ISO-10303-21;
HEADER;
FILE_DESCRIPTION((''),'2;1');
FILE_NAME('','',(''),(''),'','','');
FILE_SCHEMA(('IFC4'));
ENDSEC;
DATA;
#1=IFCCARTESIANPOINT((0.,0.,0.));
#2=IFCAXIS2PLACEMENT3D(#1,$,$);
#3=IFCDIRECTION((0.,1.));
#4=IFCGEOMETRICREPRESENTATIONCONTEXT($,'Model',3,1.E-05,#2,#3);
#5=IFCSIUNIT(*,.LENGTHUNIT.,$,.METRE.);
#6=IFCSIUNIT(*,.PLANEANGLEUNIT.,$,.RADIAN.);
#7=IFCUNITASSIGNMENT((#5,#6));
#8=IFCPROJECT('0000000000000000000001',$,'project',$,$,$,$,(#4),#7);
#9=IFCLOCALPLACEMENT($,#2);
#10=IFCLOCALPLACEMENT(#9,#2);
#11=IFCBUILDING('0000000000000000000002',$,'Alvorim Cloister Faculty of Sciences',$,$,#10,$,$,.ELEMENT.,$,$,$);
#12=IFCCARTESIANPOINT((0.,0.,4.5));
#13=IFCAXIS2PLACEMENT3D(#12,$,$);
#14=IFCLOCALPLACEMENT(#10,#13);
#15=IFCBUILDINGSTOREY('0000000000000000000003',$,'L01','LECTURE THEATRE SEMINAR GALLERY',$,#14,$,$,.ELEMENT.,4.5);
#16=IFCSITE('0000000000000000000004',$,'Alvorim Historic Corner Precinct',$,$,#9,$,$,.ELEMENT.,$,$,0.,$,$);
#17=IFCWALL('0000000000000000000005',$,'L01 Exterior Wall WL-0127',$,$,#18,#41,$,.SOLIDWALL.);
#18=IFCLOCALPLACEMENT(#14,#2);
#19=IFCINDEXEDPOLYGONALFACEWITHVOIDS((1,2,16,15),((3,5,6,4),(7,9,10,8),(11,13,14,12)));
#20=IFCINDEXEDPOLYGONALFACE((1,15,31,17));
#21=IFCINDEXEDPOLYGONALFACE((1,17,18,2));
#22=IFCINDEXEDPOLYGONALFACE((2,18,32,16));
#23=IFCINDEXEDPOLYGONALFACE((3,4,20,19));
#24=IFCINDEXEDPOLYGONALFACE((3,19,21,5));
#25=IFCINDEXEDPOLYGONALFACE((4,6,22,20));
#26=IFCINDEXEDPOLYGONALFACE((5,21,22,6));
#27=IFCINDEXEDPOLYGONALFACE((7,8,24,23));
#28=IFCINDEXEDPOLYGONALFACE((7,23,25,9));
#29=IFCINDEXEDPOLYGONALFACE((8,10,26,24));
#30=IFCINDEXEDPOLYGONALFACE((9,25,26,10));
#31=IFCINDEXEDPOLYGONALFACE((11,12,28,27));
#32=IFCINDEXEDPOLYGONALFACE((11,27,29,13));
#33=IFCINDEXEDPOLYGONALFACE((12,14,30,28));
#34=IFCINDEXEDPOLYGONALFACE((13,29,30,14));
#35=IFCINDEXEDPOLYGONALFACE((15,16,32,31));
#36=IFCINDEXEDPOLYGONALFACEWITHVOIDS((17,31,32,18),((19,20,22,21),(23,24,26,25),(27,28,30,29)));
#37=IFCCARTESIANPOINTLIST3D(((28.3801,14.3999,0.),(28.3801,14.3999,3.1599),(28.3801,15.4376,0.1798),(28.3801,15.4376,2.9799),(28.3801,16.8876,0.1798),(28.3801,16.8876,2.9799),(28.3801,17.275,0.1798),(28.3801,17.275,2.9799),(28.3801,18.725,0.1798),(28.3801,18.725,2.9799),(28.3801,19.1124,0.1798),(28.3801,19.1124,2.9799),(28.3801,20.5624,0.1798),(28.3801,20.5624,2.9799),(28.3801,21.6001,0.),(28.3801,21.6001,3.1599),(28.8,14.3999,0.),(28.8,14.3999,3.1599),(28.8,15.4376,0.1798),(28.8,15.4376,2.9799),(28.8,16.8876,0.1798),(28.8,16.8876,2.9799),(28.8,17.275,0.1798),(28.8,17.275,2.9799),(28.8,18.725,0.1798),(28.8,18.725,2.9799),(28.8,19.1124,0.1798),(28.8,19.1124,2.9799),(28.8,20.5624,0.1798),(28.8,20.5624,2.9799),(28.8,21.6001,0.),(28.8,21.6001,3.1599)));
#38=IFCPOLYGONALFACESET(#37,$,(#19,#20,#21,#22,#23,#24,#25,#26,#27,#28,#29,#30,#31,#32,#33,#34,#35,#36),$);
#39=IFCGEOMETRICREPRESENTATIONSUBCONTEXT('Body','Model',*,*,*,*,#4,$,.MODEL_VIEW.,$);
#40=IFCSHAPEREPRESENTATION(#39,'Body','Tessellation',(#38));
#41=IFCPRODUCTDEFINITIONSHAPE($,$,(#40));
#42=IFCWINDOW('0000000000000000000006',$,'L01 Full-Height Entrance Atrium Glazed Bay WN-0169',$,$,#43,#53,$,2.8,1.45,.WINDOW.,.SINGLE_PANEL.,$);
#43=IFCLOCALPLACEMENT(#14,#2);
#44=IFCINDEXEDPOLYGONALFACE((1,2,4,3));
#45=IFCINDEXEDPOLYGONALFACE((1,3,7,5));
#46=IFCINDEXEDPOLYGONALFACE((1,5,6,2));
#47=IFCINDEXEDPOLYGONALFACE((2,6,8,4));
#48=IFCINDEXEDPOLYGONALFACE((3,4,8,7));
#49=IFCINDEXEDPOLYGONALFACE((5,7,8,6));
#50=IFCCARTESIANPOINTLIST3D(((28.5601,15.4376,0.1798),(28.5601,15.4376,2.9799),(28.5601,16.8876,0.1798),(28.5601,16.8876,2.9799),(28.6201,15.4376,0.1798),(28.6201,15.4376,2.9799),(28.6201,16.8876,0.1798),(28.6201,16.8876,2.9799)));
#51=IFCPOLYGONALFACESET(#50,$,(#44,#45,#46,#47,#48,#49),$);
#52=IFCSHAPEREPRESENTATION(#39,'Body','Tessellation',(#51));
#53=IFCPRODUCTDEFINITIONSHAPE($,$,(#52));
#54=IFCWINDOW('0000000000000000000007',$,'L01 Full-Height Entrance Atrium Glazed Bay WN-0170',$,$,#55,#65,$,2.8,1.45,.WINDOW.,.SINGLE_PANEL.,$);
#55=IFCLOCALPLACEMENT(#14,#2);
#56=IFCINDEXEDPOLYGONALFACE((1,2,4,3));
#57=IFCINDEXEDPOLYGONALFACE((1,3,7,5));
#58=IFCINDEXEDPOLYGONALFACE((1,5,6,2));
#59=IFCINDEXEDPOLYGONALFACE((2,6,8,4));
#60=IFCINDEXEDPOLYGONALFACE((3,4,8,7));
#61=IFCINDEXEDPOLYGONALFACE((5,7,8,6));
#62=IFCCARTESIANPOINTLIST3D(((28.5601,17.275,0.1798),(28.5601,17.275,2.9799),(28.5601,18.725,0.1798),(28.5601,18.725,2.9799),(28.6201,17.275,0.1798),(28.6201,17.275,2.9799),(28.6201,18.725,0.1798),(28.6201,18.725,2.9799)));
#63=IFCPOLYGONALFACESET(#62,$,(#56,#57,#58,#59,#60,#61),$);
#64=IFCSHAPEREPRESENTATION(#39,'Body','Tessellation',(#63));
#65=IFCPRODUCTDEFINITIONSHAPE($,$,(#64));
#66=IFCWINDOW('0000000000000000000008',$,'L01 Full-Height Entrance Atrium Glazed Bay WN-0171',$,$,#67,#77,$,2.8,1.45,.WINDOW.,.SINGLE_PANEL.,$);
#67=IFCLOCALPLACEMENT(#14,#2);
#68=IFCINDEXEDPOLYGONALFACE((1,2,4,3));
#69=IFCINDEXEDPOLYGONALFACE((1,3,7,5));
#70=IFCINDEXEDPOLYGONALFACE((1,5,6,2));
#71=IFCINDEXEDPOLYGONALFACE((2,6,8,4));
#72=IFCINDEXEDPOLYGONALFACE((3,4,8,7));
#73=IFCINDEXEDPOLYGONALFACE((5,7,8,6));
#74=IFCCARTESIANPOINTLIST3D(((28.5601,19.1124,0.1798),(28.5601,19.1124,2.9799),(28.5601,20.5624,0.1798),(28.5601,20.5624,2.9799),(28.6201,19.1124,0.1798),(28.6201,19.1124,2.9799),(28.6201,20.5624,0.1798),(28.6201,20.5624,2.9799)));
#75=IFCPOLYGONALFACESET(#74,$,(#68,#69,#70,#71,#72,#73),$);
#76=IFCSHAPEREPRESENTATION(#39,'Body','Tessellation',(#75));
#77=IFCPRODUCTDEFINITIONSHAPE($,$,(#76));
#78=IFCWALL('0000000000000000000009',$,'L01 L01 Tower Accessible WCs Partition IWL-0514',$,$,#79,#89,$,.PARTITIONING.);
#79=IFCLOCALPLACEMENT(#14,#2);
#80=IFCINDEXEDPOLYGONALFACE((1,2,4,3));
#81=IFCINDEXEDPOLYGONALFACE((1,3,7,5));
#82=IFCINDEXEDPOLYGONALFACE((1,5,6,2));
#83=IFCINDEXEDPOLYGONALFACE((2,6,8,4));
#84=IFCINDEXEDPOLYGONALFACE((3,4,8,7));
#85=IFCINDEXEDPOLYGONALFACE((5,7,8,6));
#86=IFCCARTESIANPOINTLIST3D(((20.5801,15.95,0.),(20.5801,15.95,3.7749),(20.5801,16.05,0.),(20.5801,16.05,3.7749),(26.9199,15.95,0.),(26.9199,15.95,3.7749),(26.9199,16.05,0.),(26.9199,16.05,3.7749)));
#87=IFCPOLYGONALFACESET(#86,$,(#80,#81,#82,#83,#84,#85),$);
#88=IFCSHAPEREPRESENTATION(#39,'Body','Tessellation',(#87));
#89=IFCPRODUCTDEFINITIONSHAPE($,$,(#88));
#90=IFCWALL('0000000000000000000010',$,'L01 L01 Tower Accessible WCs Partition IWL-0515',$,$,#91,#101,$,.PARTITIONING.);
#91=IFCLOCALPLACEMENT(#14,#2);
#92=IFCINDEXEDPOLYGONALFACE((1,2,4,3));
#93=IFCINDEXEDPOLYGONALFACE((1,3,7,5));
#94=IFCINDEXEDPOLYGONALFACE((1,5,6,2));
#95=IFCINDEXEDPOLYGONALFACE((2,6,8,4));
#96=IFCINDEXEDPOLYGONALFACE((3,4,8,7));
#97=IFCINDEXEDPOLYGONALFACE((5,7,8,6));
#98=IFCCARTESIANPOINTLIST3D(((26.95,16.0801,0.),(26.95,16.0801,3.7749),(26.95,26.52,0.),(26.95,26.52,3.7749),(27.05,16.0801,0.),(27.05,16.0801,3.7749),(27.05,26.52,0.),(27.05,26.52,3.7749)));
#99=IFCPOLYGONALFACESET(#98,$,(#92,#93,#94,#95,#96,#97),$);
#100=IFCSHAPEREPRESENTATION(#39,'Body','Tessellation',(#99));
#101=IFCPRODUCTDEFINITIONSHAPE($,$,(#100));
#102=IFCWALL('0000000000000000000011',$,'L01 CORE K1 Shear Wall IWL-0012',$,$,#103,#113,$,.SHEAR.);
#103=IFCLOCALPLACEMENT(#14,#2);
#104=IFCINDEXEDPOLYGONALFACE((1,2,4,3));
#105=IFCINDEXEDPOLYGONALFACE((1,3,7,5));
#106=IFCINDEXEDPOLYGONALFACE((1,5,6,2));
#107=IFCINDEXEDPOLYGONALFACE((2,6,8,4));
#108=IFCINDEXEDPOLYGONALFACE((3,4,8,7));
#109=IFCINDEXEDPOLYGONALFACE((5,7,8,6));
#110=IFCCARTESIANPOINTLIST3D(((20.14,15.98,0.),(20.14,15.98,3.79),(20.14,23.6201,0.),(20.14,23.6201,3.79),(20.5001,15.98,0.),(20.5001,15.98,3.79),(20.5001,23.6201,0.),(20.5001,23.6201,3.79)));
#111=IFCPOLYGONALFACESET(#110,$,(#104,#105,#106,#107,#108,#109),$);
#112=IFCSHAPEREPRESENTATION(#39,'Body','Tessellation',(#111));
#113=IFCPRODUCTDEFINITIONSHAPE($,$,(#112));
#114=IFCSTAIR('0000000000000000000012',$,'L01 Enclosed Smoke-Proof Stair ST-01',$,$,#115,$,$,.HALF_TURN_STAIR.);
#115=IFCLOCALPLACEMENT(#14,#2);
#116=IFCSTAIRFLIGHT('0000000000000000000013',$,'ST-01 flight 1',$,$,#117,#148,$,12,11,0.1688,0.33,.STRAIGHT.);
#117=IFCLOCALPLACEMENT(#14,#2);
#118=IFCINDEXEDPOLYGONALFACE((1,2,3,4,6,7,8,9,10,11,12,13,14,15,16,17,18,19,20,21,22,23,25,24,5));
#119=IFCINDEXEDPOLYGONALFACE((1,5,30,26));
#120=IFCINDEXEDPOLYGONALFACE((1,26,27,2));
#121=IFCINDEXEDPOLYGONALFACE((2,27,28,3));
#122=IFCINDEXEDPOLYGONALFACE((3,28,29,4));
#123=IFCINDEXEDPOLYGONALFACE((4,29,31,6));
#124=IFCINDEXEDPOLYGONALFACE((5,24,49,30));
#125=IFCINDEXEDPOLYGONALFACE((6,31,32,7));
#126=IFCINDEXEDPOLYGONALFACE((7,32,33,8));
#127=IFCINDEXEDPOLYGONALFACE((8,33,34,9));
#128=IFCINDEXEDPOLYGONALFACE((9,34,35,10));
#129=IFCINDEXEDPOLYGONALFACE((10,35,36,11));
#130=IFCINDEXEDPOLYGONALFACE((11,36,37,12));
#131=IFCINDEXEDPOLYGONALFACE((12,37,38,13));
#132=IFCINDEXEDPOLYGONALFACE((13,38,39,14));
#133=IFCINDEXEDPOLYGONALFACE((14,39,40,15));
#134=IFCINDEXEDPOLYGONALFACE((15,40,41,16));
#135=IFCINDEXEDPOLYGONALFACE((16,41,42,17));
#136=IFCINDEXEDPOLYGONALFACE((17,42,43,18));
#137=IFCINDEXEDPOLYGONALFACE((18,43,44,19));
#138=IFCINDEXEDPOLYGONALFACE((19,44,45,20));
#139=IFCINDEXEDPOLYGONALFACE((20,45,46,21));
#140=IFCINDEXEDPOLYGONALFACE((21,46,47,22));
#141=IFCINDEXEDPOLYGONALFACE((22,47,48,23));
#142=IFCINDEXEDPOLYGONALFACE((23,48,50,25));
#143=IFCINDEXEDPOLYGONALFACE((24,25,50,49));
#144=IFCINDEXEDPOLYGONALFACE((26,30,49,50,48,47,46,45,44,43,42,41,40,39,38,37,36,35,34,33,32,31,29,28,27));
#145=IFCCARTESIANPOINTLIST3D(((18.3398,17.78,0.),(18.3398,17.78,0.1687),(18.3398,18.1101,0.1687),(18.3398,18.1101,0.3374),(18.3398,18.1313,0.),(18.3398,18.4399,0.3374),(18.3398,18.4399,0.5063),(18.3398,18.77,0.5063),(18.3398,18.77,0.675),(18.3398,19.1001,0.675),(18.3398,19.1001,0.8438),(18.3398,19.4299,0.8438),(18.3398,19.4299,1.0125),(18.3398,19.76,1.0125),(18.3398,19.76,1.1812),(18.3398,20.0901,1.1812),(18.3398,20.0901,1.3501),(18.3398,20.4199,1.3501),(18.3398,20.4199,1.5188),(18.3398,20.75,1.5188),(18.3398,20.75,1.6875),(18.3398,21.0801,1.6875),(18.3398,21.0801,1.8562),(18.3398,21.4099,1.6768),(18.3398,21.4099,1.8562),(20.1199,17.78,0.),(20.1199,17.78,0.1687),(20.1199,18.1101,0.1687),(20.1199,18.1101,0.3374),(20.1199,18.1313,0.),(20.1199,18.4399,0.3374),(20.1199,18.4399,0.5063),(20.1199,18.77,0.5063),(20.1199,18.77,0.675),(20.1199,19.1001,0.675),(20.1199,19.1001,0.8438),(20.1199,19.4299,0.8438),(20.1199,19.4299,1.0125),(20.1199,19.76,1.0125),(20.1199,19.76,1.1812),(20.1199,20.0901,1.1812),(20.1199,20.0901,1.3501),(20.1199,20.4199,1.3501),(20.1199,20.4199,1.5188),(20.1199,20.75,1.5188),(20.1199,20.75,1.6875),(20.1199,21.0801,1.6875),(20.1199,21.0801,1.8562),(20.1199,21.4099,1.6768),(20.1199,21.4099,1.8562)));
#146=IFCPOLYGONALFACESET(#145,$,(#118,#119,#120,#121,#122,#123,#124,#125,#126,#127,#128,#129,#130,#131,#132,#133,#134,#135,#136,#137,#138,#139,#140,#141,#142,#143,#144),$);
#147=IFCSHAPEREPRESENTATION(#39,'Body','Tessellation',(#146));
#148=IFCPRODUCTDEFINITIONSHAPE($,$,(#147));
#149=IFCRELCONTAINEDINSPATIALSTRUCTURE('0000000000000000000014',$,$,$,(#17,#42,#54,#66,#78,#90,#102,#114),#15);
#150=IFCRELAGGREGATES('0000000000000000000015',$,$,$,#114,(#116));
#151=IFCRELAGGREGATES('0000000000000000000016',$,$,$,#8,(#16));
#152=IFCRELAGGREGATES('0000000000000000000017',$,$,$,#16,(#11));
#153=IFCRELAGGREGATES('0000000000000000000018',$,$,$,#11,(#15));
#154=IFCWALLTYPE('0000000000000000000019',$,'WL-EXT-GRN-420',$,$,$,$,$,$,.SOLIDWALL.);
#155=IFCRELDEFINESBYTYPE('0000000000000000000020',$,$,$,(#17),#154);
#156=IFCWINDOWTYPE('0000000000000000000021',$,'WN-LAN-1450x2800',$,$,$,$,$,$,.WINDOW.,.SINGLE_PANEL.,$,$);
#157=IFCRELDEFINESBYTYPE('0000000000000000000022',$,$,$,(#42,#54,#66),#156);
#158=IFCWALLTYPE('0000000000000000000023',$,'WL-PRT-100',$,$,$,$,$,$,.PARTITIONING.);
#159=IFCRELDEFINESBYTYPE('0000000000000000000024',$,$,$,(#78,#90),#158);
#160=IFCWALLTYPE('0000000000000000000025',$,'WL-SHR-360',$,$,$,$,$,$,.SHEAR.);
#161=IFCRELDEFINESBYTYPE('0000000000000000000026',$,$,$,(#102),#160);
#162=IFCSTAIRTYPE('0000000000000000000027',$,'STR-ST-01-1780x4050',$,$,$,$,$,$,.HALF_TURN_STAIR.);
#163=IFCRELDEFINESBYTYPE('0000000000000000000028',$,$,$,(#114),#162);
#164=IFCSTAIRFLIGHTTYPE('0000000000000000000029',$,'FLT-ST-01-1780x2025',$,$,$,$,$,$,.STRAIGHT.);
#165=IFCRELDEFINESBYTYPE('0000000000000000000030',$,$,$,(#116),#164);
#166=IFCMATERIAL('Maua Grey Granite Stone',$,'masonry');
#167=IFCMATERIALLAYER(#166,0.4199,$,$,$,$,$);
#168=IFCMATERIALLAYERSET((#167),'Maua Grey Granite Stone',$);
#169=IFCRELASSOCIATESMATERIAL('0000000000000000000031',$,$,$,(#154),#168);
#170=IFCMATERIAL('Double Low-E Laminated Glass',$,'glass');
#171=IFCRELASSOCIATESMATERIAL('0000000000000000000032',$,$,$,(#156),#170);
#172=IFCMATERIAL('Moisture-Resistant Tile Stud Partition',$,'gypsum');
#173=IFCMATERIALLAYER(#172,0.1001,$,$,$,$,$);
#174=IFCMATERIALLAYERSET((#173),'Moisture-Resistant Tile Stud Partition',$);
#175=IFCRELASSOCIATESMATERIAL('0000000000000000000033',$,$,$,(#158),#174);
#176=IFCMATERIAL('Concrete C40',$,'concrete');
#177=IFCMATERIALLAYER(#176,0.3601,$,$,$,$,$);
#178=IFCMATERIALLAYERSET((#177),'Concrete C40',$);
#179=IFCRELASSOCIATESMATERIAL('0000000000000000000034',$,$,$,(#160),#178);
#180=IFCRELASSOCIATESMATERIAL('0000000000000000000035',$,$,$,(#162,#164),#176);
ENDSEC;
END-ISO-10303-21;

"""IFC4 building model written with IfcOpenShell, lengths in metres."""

from ifc_helpers import new_model, si_unit, direction, frame, frame_2d, origin, place, context, subcontext, project, spatial, polyline, rectangle, outline, extrude, material, layer, layer_set, type_object, element, fill, aggregate, save


model = new_model("IFC4")

# Units and contexts
model_context = context("Model", 3, precision=1e-05, world=origin(), true_north=direction((0.0, 1.0)))
body_context = subcontext(model_context, "Body", "Model", "MODEL_VIEW")
ifc_project = project(units=[si_unit("LENGTHUNIT", "METRE"), si_unit("PLANEANGLEUNIT", "RADIAN")], contexts=[model_context])

# Site, building, storey
site_placement = place(None, origin())
site = spatial("IfcSite", under=ifc_project, at=site_placement, Name="Alvorim Historic Corner Precinct", CompositionType="ELEMENT", RefElevation=0.0)
building_placement = place(site_placement, origin())
building = spatial("IfcBuilding", under=site, at=building_placement, Name="Alvorim Cloister Faculty of Sciences", CompositionType="ELEMENT")
storey_placement = place(building_placement, frame((0.0, 0.0, 4.5)))
storey = spatial("IfcBuildingStorey", under=building, at=storey_placement, Name="L01", Description="LECTURE THEATRE SEMINAR GALLERY", CompositionType="ELEMENT", Elevation=4.5)

# Shared definitions
ifc_material_1 = material(Name="Concrete C40", Category="concrete")

# Wall, openings, windows
ifc_material_2 = material(Name="Maua Grey Granite Stone", Category="masonry")
ifc_layer_1 = layer(ifc_material_2, 0.4199)
ifc_layer_set_1 = layer_set([ifc_layer_1], Name="Maua Grey Granite Stone")
wall_type_1 = type_object("IfcWallType", Name="WL-EXT-GRN-420", PredefinedType="SOLIDWALL", material=ifc_layer_set_1)
wall_1_placement = place(storey_placement, frame((28.5901, 14.3999, 0.0), z_axis=(0.0, 0.0, 1.0), x_axis=(0.0, 1.0, 0.0)))
wall_1 = element("IfcWall", 1, at=wall_1_placement, inside=storey, type_object=wall_type_1, Name="L01 Exterior Wall WL-0127", PredefinedType="SOLIDWALL", context=body_context, shape_type="SweptSolid", body=[
    extrude(rectangle(XDim=7.2002, YDim=0.4199, at=frame_2d((3.6001, 0.0))), origin(), (0.0, 0.0, 1.0), 3.1599),
])
opening_1_placement = place(wall_1_placement, frame((1.0376, 0.0, 0.1799)))
opening_1 = element("IfcOpeningElement", 2, at=opening_1_placement, cuts=wall_1, PredefinedType="OPENING", context=body_context, shape_type="SweptSolid", body=[
    extrude(rectangle(XDim=1.45, YDim=2.8, at=frame_2d((0.7251, 1.3999))), frame((0.0, 0.2219, 0.0), z_axis=(0.0, -1.0, 0.0), x_axis=(1.0, 0.0, 0.0)), (0.0, 0.0, 1.0), 0.4438),
])
opening_2_placement = place(wall_1_placement, frame((2.875, 0.0, 0.1799)))
opening_2 = element("IfcOpeningElement", 3, at=opening_2_placement, cuts=wall_1, PredefinedType="OPENING", context=body_context, shape_type="SweptSolid", body=[
    extrude(rectangle(XDim=1.45, YDim=2.8, at=frame_2d((0.7251, 1.3999))), frame((0.0, 0.2219, 0.0), z_axis=(0.0, -1.0, 0.0), x_axis=(1.0, 0.0, 0.0)), (0.0, 0.0, 1.0), 0.4438),
])
opening_3_placement = place(wall_1_placement, frame((4.7124, 0.0, 0.1799)))
opening_3 = element("IfcOpeningElement", 4, at=opening_3_placement, cuts=wall_1, PredefinedType="OPENING", context=body_context, shape_type="SweptSolid", body=[
    extrude(rectangle(XDim=1.45, YDim=2.8, at=frame_2d((0.7251, 1.3999))), frame((0.0, 0.2219, 0.0), z_axis=(0.0, -1.0, 0.0), x_axis=(1.0, 0.0, 0.0)), (0.0, 0.0, 1.0), 0.4438),
])
ifc_material_3 = material(Name="Double Low-E Laminated Glass", Category="glass")
window_type = type_object("IfcWindowType", Name="WN-LAN-1450x2800", PartitioningType="SINGLE_PANEL", PredefinedType="WINDOW", material=ifc_material_3)
window_1_placement = place(opening_1_placement, origin())
window_1 = element("IfcWindow", 5, at=window_1_placement, inside=storey, type_object=window_type, Name="L01 Full-Height Entrance Atrium Glazed Bay WN-0169", OverallHeight=2.8, OverallWidth=1.45, PartitioningType="SINGLE_PANEL", PredefinedType="WINDOW", context=body_context, shape_type="SweptSolid", body=[
    extrude(rectangle(XDim=1.45, YDim=2.8, at=frame_2d((0.7251, 1.3999))), frame((0.0, 0.03, 0.0), z_axis=(0.0, -1.0, 0.0), x_axis=(1.0, 0.0, 0.0)), (0.0, 0.0, 1.0), 0.0601),
])
fill(opening_1, window_1)
window_2_placement = place(opening_2_placement, origin())
window_2 = element("IfcWindow", 6, at=window_2_placement, inside=storey, type_object=window_type, Name="L01 Full-Height Entrance Atrium Glazed Bay WN-0170", OverallHeight=2.8, OverallWidth=1.45, PartitioningType="SINGLE_PANEL", PredefinedType="WINDOW", context=body_context, shape_type="SweptSolid", body=[
    extrude(rectangle(XDim=1.45, YDim=2.8, at=frame_2d((0.7251, 1.3999))), frame((0.0, 0.03, 0.0), z_axis=(0.0, -1.0, 0.0), x_axis=(1.0, 0.0, 0.0)), (0.0, 0.0, 1.0), 0.0601),
])
fill(opening_2, window_2)
window_3_placement = place(opening_3_placement, origin())
window_3 = element("IfcWindow", 7, at=window_3_placement, inside=storey, type_object=window_type, Name="L01 Full-Height Entrance Atrium Glazed Bay WN-0171", OverallHeight=2.8, OverallWidth=1.45, PartitioningType="SINGLE_PANEL", PredefinedType="WINDOW", context=body_context, shape_type="SweptSolid", body=[
    extrude(rectangle(XDim=1.45, YDim=2.8, at=frame_2d((0.7251, 1.3999))), frame((0.0, 0.03, 0.0), z_axis=(0.0, -1.0, 0.0), x_axis=(1.0, 0.0, 0.0)), (0.0, 0.0, 1.0), 0.0601),
])
fill(opening_3, window_3)

# Walls
ifc_material_4 = material(Name="Moisture-Resistant Tile Stud Partition", Category="gypsum")
ifc_layer_2 = layer(ifc_material_4, 0.1001)
ifc_layer_set_2 = layer_set([ifc_layer_2], Name="Moisture-Resistant Tile Stud Partition")
wall_type_2 = type_object("IfcWallType", Name="WL-PRT-100", PredefinedType="PARTITIONING", material=ifc_layer_set_2)
wall_2_placement = place(storey_placement, frame((20.5801, 16.0, 0.0), z_axis=(0.0, 0.0, 1.0), x_axis=(1.0, 0.0, 0.0)))
element("IfcWall", 8, at=wall_2_placement, inside=storey, type_object=wall_type_2, Name="L01 L01 Tower Accessible WCs Partition IWL-0514", PredefinedType="PARTITIONING", context=body_context, shape_type="SweptSolid", body=[
    extrude(rectangle(XDim=6.3398, YDim=0.1001, at=frame_2d((3.1699, 0.0))), origin(), (0.0, 0.0, 1.0), 3.7749),
])
wall_3_placement = place(storey_placement, frame((27.0, 16.0801, 0.0), z_axis=(0.0, 0.0, 1.0), x_axis=(0.0, 1.0, 0.0)))
element("IfcWall", 9, at=wall_3_placement, inside=storey, type_object=wall_type_2, Name="L01 L01 Tower Accessible WCs Partition IWL-0515", PredefinedType="PARTITIONING", context=body_context, shape_type="SweptSolid", body=[
    extrude(rectangle(XDim=10.4399, YDim=0.1001, at=frame_2d((5.22, 0.0))), origin(), (0.0, 0.0, 1.0), 3.7749),
])
ifc_layer_3 = layer(ifc_material_1, 0.3601)
ifc_layer_set_3 = layer_set([ifc_layer_3], Name="Concrete C40")
wall_type_3 = type_object("IfcWallType", Name="WL-SHR-360", PredefinedType="SHEAR", material=ifc_layer_set_3)
wall_4_placement = place(storey_placement, frame((20.3201, 15.98, 0.0), z_axis=(0.0, 0.0, 1.0), x_axis=(0.0, 1.0, 0.0)))
element("IfcWall", 10, at=wall_4_placement, inside=storey, type_object=wall_type_3, Name="L01 CORE K1 Shear Wall IWL-0012", PredefinedType="SHEAR", context=body_context, shape_type="SweptSolid", body=[
    extrude(rectangle(XDim=7.6401, YDim=0.3601, at=frame_2d((3.8201, 0.0))), origin(), (0.0, 0.0, 1.0), 3.79),
])

# Stair, stair flight
stair_type = type_object("IfcStairType", Name="STR-ST-01-1780x4050", PredefinedType="HALF_TURN_STAIR", material=ifc_material_1)
stair_placement = place(storey_placement, origin())
stair = element("IfcStair", 11, at=stair_placement, inside=storey, type_object=stair_type, Name="L01 Enclosed Smoke-Proof Stair ST-01", PredefinedType="HALF_TURN_STAIR")
stair_flight_type = type_object("IfcStairFlightType", Name="FLT-ST-01-1780x2025", PredefinedType="STRAIGHT", material=ifc_material_1)
stair_flight_1_placement = place(storey_placement, frame((19.23, 17.78, 0.0), z_axis=(0.0, 0.0, 1.0), x_axis=(0.0, 1.0, 0.0)))
stair_flight_1 = element("IfcStairFlight", 12, at=stair_flight_1_placement, type_object=stair_flight_type, Name="ST-01 flight 1", NumberOfRisers=12, NumberOfTreads=11, PredefinedType="STRAIGHT", RiserHeight=0.1688, TreadLength=0.33, context=body_context, shape_type="SweptSolid", body=[
    extrude(outline(polyline([(0.3513, 0.0), (3.6299, 1.6768), (3.6299, 2.0249), (3.6299, 1.8562), (3.3, 1.8562), (3.3, 1.6875), (2.97, 1.6875), (2.97, 1.5188), (2.6399, 1.5188), (2.6399, 1.3501), (2.3101, 1.3501), (2.3101, 1.1812), (1.98, 1.1812), (1.98, 1.0125), (1.6499, 1.0125), (1.6499, 0.8438), (1.3201, 0.8438), (1.3201, 0.675), (0.99, 0.675), (0.99, 0.5063), (0.6599, 0.5063), (0.6599, 0.3374), (0.3301, 0.3374), (0.3301, 0.1687), (0.0, 0.1687), (0.0, 0.0), (0.3513, 0.0)])), frame((0.0, 0.8901, 0.0), z_axis=(0.0, -1.0, 0.0), x_axis=(1.0, 0.0, 0.0)), (0.0, 0.0, 1.0), 1.78),
])
aggregate(stair, [stair_flight_1])

save(model, "model.ifc")
